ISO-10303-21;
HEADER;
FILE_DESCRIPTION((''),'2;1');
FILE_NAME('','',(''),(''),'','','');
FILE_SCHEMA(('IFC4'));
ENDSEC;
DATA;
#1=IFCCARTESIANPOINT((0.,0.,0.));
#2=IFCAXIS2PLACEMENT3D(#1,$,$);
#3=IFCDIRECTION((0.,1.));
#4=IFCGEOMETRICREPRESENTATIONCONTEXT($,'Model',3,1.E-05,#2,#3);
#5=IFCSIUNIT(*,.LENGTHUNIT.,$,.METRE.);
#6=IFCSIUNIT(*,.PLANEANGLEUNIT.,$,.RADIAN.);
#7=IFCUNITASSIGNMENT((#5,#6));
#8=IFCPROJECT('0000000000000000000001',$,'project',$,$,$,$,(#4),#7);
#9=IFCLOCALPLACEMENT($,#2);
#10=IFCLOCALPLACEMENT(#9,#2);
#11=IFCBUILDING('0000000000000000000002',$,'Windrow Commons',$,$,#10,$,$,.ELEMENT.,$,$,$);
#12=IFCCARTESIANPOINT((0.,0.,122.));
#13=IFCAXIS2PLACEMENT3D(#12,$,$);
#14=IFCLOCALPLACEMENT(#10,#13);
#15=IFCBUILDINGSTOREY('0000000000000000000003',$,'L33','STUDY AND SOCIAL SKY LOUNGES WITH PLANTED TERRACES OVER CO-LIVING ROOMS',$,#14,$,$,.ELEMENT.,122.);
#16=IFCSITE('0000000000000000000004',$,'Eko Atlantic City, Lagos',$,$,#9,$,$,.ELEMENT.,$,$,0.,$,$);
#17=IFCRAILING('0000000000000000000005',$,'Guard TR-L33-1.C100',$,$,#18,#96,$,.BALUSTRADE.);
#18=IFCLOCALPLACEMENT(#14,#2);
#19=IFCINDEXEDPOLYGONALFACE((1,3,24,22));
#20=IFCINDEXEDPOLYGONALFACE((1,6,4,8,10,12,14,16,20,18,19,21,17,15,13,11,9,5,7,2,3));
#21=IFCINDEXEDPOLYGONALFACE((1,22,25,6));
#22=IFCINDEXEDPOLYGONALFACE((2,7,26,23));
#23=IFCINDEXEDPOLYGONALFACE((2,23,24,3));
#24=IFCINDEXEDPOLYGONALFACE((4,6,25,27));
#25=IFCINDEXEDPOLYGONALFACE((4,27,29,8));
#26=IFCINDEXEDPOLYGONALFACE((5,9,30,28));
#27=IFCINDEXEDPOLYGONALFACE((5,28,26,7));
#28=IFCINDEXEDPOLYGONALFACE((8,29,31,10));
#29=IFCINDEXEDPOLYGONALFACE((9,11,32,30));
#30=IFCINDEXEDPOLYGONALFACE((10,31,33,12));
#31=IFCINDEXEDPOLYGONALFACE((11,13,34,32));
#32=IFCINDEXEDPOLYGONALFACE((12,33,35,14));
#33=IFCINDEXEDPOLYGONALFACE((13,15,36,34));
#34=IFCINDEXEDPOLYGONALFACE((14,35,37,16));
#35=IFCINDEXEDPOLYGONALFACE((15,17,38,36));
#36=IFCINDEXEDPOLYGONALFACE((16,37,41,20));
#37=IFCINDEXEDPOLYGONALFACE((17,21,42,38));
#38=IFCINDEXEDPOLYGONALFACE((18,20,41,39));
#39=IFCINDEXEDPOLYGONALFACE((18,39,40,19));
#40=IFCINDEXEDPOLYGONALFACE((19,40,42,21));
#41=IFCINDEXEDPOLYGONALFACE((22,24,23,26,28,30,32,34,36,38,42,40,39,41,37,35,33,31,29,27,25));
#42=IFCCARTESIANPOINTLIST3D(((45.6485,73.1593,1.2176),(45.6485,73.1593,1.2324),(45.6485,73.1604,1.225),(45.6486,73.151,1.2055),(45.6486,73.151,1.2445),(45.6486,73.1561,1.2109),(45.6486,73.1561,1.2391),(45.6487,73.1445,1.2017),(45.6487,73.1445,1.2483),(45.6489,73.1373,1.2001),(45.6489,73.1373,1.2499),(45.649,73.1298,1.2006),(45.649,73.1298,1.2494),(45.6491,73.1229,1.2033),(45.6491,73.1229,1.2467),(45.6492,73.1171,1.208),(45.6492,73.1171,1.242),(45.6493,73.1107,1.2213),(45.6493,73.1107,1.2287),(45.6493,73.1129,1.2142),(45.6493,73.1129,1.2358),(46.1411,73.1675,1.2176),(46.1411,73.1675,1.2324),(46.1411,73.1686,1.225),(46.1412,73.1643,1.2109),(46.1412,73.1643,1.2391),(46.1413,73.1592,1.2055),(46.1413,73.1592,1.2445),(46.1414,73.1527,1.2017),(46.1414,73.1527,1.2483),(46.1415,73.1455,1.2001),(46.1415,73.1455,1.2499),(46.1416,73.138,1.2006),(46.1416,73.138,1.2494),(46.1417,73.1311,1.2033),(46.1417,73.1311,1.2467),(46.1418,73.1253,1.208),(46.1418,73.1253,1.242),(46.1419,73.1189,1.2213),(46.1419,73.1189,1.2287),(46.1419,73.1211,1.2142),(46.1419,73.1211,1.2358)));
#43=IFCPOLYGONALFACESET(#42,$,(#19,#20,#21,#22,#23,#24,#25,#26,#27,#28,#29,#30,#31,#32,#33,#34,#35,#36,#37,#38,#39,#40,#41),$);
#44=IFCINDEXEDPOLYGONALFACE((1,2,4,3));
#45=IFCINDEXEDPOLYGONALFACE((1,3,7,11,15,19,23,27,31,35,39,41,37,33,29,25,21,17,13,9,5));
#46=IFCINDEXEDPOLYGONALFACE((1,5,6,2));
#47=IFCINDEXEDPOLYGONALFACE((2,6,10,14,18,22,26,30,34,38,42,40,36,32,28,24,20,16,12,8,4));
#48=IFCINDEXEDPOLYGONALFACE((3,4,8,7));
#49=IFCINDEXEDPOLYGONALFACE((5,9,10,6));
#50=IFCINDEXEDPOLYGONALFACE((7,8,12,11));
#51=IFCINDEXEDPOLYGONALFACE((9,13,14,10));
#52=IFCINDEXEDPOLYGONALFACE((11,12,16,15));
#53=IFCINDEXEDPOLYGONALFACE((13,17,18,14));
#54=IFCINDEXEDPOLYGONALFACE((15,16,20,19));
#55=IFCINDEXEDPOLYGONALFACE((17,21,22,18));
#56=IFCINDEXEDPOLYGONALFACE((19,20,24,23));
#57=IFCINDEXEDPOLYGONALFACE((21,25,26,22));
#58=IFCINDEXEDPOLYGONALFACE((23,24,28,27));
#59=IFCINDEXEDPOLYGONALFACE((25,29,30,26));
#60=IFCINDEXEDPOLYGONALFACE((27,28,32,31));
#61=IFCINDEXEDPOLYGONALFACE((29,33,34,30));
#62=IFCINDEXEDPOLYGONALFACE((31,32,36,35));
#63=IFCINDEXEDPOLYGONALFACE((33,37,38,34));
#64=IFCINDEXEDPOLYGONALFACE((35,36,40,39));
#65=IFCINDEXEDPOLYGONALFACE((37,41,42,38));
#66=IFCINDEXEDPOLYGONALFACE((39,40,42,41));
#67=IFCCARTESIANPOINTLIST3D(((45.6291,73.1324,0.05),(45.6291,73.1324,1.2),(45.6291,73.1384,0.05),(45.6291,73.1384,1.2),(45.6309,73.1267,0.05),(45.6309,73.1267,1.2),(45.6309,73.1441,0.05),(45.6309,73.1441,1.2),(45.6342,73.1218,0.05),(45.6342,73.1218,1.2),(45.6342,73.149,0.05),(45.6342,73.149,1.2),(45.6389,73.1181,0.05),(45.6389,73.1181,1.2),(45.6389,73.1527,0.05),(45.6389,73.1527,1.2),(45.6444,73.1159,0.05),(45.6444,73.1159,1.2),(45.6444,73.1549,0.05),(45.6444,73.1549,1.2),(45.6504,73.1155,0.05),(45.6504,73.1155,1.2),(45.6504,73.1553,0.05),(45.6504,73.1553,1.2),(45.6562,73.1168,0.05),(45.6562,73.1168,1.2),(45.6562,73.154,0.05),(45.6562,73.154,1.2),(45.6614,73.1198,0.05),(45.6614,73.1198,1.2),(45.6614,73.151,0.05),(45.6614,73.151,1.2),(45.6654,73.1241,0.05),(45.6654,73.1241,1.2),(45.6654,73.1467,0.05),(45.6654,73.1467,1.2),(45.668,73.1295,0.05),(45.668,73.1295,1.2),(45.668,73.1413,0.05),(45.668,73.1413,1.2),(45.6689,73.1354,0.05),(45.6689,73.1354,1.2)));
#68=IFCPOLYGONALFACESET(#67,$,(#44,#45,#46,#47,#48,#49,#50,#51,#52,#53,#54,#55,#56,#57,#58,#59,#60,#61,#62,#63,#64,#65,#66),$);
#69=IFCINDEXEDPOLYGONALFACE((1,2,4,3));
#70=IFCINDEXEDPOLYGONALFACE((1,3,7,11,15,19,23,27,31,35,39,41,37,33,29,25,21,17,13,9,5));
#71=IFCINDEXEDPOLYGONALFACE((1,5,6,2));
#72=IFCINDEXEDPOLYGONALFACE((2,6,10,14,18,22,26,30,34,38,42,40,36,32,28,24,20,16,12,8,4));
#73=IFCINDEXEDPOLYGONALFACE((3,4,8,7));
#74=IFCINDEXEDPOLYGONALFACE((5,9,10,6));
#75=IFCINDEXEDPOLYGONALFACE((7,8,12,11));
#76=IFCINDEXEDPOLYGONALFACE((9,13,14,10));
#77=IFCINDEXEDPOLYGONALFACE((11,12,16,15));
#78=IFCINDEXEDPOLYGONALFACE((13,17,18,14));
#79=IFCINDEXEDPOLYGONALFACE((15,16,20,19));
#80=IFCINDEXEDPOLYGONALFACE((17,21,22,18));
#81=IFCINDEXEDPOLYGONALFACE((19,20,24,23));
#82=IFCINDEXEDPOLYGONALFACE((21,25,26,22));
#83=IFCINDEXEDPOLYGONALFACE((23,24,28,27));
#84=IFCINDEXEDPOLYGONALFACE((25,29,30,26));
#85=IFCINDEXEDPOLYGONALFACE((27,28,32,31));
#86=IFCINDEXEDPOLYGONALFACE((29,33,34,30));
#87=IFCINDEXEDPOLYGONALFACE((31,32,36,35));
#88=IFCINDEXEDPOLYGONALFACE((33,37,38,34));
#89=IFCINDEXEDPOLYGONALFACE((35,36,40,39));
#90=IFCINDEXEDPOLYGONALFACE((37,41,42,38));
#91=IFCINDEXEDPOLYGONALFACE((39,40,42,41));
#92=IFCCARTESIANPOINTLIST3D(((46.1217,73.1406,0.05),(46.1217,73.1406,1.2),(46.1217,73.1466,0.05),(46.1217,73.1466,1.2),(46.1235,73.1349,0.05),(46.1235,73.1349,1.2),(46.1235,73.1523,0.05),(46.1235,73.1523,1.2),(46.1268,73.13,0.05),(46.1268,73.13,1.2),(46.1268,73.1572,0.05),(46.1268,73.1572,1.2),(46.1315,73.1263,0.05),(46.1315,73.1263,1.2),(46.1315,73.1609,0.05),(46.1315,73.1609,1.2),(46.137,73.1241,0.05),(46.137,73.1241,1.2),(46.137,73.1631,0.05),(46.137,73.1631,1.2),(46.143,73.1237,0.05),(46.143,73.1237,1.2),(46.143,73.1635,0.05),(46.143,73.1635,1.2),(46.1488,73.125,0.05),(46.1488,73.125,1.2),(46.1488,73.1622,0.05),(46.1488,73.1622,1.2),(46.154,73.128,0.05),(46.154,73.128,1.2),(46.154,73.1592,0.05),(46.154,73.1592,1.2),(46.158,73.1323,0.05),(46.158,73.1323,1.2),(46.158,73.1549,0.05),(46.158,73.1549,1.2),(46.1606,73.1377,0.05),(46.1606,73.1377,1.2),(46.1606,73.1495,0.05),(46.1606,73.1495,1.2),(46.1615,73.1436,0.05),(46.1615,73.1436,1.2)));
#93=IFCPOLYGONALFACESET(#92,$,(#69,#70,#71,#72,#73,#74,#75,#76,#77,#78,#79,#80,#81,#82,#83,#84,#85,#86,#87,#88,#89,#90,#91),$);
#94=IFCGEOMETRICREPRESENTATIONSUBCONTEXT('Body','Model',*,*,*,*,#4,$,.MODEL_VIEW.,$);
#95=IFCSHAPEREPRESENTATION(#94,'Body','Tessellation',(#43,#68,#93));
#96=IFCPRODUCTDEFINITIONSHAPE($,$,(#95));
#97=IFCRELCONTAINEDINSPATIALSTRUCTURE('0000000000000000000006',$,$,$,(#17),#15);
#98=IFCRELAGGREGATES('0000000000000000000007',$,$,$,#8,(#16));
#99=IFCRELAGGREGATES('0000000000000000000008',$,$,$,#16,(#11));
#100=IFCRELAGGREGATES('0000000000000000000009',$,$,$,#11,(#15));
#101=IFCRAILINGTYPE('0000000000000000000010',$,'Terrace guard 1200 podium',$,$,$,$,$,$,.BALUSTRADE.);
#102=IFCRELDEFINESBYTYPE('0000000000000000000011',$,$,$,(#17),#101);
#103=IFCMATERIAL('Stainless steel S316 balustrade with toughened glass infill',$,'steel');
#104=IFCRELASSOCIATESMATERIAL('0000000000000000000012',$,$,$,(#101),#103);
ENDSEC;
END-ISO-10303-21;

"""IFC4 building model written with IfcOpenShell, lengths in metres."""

from ifc_helpers import new_model, si_unit, direction, frame, origin, origin_2d, place, context, subcontext, project, spatial, circle, extrude, material, type_object, element, save


model = new_model("IFC4")

# Units and contexts
model_context = context("Model", 3, precision=1e-05, world=origin(), true_north=direction((0.0, 1.0)))
body_context = subcontext(model_context, "Body", "Model", "MODEL_VIEW")
ifc_project = project(units=[si_unit("LENGTHUNIT", "METRE"), si_unit("PLANEANGLEUNIT", "RADIAN")], contexts=[model_context])

# Site, building, storey
site_placement = place(None, origin())
site = spatial("IfcSite", under=ifc_project, at=site_placement, Name="Eko Atlantic City, Lagos", CompositionType="ELEMENT", RefElevation=0.0)
building_placement = place(site_placement, origin())
building = spatial("IfcBuilding", under=site, at=building_placement, Name="Windrow Commons", CompositionType="ELEMENT")
storey_placement = place(building_placement, frame((0.0, 0.0, 122.0)))
storey = spatial("IfcBuildingStorey", under=building, at=storey_placement, Name="L33", Description="STUDY AND SOCIAL SKY LOUNGES WITH PLANTED TERRACES OVER CO-LIVING ROOMS", CompositionType="ELEMENT", Elevation=122.0)

# Railing
ifc_material_1 = material(Name="Stainless steel S316 balustrade with toughened glass infill", Category="steel")
railing_type = type_object("IfcRailingType", Name="Terrace guard 1200 podium", PredefinedType="BALUSTRADE", material=ifc_material_1)
railing_1_placement = place(storey_placement, frame((45.6489, 73.1354, 0.05)))
element("IfcRailing", 1, at=railing_1_placement, inside=storey, type_object=railing_type, Name="Guard TR-L33-1.C100", PredefinedType="BALUSTRADE", context=body_context, shape_type="SweptSolid", body=[
    extrude(circle(Radius=0.025, at=origin_2d()), frame((0.0, 0.0, 1.175), z_axis=(0.999861, 0.016644, 0.0), x_axis=(-0.016644, 0.999861, 0.0)), (0.0, 0.0, 1.0), 0.4927),
    extrude(circle(Radius=0.02, at=origin_2d()), origin(), (0.0, 0.0, 1.0), 1.15),
    extrude(circle(Radius=0.02, at=origin_2d()), frame((0.4926, 0.0082, 0.0)), (0.0, 0.0, 1.0), 1.15),
])

save(model, "model.ifc")
